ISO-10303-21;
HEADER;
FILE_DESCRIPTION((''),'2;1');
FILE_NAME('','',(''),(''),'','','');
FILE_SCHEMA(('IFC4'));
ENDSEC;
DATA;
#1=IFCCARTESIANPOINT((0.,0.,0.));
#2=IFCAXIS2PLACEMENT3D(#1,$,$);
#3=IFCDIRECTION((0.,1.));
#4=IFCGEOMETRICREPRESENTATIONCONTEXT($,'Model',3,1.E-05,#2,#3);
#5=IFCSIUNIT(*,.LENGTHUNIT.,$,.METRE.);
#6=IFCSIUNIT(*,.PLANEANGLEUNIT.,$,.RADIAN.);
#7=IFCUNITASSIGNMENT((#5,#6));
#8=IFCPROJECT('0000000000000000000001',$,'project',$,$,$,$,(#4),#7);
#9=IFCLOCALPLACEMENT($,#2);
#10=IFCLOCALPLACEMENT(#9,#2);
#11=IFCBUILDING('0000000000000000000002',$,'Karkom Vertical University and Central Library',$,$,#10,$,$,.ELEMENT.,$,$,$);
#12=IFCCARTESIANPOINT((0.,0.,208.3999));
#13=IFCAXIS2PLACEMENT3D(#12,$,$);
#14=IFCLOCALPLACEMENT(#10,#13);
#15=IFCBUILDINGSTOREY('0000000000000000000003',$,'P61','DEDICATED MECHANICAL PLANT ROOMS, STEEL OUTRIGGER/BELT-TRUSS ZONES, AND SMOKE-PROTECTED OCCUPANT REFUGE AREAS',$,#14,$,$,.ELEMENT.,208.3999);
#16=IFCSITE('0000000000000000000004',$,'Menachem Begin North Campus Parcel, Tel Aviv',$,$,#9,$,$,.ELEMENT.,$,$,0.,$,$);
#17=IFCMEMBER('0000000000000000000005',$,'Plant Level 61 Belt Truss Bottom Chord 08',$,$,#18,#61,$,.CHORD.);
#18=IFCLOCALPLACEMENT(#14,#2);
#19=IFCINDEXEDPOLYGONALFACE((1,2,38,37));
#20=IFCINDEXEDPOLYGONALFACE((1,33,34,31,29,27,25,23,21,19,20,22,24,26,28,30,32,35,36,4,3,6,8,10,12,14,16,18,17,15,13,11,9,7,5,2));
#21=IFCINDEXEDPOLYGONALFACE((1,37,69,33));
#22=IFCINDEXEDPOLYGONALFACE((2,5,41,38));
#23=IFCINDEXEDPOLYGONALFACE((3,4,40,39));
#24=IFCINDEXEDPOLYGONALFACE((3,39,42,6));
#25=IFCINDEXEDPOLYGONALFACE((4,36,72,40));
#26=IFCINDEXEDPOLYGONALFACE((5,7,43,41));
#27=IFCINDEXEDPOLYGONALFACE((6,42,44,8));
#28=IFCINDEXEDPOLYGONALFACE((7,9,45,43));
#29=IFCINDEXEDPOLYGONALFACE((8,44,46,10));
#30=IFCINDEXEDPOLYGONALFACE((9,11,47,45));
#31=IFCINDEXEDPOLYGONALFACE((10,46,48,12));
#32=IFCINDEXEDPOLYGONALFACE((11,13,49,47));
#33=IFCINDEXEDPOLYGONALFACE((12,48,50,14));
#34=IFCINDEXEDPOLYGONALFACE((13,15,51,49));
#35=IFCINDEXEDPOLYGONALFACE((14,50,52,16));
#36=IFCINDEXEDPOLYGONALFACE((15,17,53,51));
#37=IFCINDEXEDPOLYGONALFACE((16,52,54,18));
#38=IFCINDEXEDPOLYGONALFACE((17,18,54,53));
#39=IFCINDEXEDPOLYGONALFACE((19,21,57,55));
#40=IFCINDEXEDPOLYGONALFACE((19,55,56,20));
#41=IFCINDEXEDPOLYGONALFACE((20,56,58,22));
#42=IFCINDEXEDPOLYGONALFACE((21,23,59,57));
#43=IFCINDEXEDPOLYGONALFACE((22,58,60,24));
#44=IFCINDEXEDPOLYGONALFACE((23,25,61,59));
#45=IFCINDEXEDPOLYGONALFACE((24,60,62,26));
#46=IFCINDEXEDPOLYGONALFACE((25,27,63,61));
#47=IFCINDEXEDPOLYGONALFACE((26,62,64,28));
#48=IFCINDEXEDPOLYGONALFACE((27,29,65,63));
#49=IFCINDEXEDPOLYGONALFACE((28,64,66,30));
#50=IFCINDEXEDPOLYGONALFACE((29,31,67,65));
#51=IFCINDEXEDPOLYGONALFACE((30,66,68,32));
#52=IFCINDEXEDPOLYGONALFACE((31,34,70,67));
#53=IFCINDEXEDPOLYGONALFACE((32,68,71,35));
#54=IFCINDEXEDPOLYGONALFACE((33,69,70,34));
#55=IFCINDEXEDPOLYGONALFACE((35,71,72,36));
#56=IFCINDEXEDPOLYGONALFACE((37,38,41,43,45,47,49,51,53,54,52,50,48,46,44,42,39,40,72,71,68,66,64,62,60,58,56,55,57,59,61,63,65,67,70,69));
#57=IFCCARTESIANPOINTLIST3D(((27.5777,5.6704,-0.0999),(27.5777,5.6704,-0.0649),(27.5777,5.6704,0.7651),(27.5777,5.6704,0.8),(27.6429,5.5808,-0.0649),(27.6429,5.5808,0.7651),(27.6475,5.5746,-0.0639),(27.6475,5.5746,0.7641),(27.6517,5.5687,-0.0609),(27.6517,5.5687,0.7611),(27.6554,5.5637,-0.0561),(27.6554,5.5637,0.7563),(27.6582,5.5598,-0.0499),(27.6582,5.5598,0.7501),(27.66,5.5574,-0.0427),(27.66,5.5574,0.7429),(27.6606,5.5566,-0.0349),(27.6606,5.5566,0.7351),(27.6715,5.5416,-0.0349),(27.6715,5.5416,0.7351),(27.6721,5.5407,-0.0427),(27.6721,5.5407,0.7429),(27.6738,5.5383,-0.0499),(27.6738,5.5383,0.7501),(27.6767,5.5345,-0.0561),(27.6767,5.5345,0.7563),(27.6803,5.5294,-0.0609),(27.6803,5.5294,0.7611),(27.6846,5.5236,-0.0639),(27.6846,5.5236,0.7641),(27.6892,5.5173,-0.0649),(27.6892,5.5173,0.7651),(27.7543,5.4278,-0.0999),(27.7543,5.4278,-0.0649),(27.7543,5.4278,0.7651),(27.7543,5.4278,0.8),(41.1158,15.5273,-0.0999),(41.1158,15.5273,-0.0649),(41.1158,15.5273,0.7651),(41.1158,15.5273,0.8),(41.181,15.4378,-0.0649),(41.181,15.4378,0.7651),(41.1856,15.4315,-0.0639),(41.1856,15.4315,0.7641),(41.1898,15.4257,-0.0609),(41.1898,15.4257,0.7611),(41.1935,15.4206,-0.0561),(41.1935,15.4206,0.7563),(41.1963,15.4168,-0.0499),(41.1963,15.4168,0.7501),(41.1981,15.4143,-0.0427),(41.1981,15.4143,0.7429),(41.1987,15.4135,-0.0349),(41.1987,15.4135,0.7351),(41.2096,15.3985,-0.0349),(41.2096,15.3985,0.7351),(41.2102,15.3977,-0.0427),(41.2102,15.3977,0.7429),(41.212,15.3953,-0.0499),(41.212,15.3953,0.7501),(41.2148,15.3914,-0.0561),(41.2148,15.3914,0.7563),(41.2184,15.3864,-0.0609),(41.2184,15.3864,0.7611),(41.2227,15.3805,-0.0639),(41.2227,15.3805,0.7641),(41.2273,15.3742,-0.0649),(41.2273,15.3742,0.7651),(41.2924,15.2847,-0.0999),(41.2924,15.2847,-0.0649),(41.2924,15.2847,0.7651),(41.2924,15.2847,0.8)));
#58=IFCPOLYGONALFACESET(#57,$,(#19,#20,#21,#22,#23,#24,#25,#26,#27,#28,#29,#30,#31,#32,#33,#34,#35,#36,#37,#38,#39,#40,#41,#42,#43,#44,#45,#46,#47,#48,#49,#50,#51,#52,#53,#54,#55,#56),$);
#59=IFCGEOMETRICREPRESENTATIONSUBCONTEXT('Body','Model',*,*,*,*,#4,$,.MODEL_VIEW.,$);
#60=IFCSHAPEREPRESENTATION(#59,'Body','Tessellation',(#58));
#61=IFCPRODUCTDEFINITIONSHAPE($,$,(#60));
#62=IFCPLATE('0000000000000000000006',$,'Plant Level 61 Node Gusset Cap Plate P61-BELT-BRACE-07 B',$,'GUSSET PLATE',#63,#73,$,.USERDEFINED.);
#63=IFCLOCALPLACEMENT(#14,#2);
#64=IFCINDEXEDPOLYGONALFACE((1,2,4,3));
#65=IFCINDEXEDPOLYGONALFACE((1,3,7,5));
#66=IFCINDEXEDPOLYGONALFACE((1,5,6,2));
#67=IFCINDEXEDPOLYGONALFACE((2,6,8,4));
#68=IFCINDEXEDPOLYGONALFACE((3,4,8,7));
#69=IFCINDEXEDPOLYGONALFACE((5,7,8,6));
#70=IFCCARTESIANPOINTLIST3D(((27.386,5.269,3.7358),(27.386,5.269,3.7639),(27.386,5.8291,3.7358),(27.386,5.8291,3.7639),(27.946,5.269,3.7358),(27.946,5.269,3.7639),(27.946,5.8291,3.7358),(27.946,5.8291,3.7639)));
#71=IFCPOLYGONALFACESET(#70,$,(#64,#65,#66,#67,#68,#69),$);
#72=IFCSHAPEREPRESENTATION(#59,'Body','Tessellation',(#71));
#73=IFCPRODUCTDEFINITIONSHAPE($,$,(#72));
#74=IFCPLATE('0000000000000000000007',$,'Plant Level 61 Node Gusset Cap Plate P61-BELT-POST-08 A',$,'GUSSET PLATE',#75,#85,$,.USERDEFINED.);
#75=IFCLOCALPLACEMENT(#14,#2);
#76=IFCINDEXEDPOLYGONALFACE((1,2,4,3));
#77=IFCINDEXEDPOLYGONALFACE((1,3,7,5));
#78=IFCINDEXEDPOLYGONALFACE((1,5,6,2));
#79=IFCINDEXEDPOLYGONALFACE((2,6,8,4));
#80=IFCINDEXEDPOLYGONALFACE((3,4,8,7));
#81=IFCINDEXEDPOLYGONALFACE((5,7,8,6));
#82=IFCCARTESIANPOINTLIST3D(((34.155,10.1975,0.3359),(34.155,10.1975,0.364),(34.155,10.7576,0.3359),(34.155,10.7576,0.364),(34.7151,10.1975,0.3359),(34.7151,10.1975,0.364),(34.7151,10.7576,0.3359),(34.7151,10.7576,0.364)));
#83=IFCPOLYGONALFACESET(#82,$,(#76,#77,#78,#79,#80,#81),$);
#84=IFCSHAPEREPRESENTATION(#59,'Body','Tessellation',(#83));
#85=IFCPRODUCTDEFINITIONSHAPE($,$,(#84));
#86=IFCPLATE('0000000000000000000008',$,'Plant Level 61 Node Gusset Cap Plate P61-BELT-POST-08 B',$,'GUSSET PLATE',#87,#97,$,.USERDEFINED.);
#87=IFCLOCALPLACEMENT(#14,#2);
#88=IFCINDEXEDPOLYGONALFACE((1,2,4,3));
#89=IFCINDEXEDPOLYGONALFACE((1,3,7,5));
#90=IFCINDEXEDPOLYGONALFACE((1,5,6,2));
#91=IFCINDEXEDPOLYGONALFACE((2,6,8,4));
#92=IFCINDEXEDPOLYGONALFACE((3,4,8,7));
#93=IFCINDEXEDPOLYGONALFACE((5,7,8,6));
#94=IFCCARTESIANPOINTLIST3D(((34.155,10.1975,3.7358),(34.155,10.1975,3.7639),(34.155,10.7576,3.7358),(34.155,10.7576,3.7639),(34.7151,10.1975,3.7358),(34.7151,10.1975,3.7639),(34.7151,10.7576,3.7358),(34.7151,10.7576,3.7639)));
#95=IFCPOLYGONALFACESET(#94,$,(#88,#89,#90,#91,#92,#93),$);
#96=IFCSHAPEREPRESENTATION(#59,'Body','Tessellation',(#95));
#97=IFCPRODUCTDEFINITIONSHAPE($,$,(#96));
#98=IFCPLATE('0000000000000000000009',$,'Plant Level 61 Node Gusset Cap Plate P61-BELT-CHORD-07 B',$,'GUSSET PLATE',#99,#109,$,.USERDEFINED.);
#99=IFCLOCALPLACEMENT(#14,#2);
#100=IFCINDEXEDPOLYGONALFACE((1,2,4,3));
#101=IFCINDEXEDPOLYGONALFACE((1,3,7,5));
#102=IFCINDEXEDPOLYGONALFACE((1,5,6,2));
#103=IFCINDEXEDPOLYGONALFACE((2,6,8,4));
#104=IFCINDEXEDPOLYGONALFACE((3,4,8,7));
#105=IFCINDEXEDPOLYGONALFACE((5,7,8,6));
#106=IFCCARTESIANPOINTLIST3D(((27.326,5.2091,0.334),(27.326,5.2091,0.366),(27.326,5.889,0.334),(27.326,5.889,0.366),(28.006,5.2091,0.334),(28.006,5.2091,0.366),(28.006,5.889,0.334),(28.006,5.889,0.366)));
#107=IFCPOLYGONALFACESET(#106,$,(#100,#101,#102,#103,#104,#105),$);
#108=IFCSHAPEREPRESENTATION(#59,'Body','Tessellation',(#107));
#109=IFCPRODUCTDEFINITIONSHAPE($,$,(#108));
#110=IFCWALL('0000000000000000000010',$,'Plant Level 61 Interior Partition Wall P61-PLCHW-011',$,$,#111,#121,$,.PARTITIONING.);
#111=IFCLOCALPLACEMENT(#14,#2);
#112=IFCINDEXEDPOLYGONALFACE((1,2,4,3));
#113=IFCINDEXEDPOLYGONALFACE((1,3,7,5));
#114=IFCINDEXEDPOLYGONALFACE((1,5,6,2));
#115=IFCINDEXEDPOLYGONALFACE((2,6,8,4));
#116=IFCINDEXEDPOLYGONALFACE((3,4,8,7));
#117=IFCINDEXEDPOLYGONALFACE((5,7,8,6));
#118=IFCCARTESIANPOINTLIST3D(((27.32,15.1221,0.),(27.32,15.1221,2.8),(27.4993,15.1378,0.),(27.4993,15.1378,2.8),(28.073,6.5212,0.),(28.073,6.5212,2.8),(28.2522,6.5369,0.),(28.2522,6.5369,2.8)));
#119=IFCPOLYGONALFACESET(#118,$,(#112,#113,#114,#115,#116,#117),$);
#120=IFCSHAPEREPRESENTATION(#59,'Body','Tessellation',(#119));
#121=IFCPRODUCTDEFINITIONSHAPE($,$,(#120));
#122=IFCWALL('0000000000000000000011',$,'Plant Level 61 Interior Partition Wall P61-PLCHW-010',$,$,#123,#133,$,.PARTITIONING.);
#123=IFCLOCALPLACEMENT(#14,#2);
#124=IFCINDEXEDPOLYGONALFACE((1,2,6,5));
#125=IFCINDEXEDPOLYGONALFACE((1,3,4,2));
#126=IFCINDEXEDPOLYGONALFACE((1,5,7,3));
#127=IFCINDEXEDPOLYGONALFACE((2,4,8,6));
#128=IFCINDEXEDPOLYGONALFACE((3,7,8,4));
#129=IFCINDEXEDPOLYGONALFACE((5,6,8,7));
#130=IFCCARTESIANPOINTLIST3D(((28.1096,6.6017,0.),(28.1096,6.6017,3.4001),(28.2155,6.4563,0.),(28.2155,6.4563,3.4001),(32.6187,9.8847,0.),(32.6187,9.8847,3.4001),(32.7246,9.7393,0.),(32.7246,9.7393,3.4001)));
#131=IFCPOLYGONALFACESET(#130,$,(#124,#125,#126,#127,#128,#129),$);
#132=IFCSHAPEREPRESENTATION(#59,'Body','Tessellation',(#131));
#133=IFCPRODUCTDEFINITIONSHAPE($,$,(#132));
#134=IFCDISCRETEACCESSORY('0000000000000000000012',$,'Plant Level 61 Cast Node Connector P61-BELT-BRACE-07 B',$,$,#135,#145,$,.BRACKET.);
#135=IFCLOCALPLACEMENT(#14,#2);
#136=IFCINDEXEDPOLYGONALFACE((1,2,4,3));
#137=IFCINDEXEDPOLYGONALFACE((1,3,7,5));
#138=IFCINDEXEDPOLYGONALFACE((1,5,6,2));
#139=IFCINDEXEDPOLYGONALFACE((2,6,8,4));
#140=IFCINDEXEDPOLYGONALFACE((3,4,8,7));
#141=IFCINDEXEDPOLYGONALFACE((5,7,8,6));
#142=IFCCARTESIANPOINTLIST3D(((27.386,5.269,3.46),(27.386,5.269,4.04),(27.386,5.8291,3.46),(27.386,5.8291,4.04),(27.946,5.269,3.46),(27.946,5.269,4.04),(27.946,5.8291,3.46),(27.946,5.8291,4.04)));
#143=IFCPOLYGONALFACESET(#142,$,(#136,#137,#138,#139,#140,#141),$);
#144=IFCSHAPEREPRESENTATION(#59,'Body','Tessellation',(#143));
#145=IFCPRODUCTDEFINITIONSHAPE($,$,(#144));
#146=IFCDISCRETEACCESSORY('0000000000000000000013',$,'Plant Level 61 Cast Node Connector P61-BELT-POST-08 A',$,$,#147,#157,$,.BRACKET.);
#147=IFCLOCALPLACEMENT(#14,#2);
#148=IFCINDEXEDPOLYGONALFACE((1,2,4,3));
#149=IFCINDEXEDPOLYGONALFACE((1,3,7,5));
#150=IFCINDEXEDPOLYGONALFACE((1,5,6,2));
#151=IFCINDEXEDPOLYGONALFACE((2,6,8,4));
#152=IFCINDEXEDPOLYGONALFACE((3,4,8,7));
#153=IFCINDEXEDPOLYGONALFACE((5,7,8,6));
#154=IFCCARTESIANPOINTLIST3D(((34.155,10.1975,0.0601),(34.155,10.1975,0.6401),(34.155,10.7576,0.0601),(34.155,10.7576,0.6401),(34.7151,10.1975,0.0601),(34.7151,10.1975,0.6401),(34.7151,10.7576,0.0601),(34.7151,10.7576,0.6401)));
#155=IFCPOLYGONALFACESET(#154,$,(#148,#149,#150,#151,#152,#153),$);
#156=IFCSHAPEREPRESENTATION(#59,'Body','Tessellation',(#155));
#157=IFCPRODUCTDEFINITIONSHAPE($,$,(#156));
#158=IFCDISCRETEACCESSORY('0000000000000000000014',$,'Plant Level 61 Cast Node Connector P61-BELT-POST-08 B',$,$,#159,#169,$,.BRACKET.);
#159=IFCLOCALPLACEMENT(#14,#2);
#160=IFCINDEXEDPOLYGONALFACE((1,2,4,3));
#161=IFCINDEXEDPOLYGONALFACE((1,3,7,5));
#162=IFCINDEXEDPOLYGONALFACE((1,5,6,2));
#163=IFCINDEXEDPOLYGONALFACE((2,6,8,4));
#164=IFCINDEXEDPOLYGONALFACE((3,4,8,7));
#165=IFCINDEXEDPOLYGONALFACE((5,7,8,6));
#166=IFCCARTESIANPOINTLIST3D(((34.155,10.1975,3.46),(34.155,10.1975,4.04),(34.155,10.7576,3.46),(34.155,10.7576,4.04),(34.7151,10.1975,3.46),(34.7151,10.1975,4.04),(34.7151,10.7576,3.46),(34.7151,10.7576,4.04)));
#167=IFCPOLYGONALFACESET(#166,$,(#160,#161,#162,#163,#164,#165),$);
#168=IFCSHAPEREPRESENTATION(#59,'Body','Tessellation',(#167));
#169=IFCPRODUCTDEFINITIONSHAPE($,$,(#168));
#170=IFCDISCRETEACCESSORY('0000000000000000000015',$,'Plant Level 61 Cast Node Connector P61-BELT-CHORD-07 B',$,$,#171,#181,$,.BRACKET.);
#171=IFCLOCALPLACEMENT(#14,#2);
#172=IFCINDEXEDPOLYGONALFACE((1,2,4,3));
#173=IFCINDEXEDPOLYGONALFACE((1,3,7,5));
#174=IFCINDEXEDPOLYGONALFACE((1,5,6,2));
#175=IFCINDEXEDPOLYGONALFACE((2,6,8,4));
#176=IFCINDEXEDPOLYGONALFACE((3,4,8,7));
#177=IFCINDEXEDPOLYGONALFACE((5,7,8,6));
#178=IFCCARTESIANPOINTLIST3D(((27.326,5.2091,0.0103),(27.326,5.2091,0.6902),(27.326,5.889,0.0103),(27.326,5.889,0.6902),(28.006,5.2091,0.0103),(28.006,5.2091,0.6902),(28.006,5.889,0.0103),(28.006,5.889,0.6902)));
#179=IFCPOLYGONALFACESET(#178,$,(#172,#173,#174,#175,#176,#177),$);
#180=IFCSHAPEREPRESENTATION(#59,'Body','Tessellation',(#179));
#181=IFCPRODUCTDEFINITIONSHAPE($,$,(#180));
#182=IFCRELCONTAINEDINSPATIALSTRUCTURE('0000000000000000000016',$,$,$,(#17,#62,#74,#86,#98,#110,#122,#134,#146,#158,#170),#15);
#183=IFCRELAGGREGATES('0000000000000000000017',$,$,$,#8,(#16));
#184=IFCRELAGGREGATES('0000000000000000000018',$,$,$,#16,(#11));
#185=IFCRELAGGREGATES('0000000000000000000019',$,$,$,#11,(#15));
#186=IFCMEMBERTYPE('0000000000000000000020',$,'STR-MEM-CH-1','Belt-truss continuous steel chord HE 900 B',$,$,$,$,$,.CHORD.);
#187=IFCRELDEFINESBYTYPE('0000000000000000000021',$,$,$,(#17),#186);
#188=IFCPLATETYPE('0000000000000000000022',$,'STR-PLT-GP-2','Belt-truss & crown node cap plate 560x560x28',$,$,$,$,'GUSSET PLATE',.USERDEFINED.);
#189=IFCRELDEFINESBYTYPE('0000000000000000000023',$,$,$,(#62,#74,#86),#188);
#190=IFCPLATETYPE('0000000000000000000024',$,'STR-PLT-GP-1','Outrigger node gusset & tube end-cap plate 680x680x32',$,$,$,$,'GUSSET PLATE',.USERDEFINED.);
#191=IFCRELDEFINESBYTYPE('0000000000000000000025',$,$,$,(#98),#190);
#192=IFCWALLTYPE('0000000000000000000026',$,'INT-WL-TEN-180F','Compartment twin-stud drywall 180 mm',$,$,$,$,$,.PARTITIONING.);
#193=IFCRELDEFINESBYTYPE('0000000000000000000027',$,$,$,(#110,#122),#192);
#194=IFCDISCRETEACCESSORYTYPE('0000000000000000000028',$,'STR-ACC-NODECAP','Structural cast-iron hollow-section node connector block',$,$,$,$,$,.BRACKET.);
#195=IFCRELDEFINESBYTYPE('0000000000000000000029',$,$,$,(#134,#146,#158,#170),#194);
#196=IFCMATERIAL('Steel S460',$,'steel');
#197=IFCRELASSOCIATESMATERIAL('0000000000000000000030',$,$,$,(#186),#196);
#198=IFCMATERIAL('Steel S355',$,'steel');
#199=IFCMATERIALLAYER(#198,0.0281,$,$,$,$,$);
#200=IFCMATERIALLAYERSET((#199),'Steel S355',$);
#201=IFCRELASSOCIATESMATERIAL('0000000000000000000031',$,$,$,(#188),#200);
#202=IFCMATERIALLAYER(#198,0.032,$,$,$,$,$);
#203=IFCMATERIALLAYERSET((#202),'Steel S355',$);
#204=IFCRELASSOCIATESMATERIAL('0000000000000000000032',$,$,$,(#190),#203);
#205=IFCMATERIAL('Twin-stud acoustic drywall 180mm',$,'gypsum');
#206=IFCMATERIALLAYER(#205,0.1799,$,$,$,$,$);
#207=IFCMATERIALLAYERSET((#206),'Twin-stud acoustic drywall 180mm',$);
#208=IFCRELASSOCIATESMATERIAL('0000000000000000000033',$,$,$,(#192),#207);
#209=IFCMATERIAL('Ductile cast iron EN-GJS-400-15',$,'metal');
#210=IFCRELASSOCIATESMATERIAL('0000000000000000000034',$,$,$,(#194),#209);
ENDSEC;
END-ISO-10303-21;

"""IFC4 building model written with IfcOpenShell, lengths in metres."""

from ifc_helpers import new_model, si_unit, direction, frame, frame_2d, origin, origin_with_axes, origin_2d, place, context, subcontext, project, spatial, rectangle, i_section, extrude, source, transform, mapped, material, layer, layer_set, material_profile, profile_set, type_object, element, save


model = new_model("IFC4")

# Units and contexts
model_context = context("Model", 3, precision=1e-05, world=origin(), true_north=direction((0.0, 1.0)))
body_context = subcontext(model_context, "Body", "Model", "MODEL_VIEW")
ifc_project = project(units=[si_unit("LENGTHUNIT", "METRE"), si_unit("PLANEANGLEUNIT", "RADIAN")], contexts=[model_context])

# Site, building, storey
site_placement = place(None, origin())
site = spatial("IfcSite", under=ifc_project, at=site_placement, Name="Menachem Begin North Campus Parcel, Tel Aviv", CompositionType="ELEMENT", RefElevation=0.0)
building_placement = place(site_placement, origin())
building = spatial("IfcBuilding", under=site, at=building_placement, Name="Karkom Vertical University and Central Library", CompositionType="ELEMENT")
storey_placement = place(building_placement, frame((0.0, 0.0, 208.3999)))
storey = spatial("IfcBuildingStorey", under=building, at=storey_placement, Name="P61", Description="DEDICATED MECHANICAL PLANT ROOMS, STEEL OUTRIGGER/BELT-TRUSS ZONES, AND SMOKE-PROTECTED OCCUPANT REFUGE AREAS", CompositionType="ELEMENT", Elevation=208.3999)

# Shared definitions
ifc_material_1 = material(Name="Steel S355", Category="steel")
ifc_material_2 = material(Name="Steel S460", Category="steel")

# Member
ifc_material_profile_1 = material_profile(ifc_material_2, i_section(OverallWidth=0.3, OverallDepth=0.8999, WebThickness=0.0186, FlangeThickness=0.0349, FilletRadius=0.03, at=origin_2d()), Name="HE 900 B")
ifc_profile_set_1 = profile_set([ifc_material_profile_1], Name="Steel S460")
member_type_1 = type_object("IfcMemberType", Name="STR-MEM-CH-1", Description="Belt-truss continuous steel chord HE 900 B", PredefinedType="CHORD", material=ifc_profile_set_1)
shared_shape_1 = source(origin_with_axes(), body_context, "Body", "SweptSolid", [
    extrude(i_section(OverallWidth=0.3, OverallDepth=0.8999, WebThickness=0.0186, FlangeThickness=0.0349, FilletRadius=0.03, at=origin_2d()), origin(), (0.0, 0.0, 1.0), 16.7463),
])
member_1_placement = place(storey_placement, frame((27.666, 5.5491, 0.3501), z_axis=(0.808422, 0.588603, 0.0), x_axis=(-0.588603, 0.808422, 0.0)))
element("IfcMember", 1, at=member_1_placement, inside=storey, type_object=member_type_1, Name="Plant Level 61 Belt Truss Bottom Chord 08", PredefinedType="CHORD", context=body_context, shape_type="MappedRepresentation", body=[
    mapped(shared_shape_1, transform((0.0, 0.0, 0.0), scale=1.0)),
])

# Plates
ifc_layer_1 = layer(ifc_material_1, 0.0281)
ifc_layer_set_1 = layer_set([ifc_layer_1], Name="Steel S355")
plate_type_1 = type_object("IfcPlateType", Name="STR-PLT-GP-2", Description="Belt-truss & crown node cap plate 560x560x28", ElementType="GUSSET PLATE", PredefinedType="USERDEFINED", material=ifc_layer_set_1)
shared_shape_2 = source(origin_with_axes(), body_context, "Body", "SweptSolid", [
    extrude(rectangle(XDim=0.5601, YDim=0.5601, at=origin_2d()), origin(), (0.0, 0.0, 1.0), 0.0281),
])
for number, where, z_axis, x_axis, name in (
    (2, (27.666, 5.5491, 3.7358), (0.0, 0.0, 1.0), (1.0, 0.0, 0.0), "Plant Level 61 Node Gusset Cap Plate P61-BELT-BRACE-07 B"),
    (3, (34.4351, 10.4775, 0.3359), (0.0, 0.0, 1.0), (1.0, 0.0, 0.0), "Plant Level 61 Node Gusset Cap Plate P61-BELT-POST-08 A"),
    (4, (34.4351, 10.4775, 3.7358), (0.0, 0.0, 1.0), (1.0, 0.0, 0.0), "Plant Level 61 Node Gusset Cap Plate P61-BELT-POST-08 B"),
):
    element("IfcPlate", number, at=place(storey_placement, frame(where, z_axis=z_axis, x_axis=x_axis)), inside=storey, type_object=plate_type_1, Name=name, ObjectType="GUSSET PLATE", PredefinedType="USERDEFINED", context=body_context, shape_type="MappedRepresentation", body=[
        mapped(shared_shape_2, transform((0.0, 0.0, 0.0), scale=1.0)),
    ])
ifc_layer_2 = layer(ifc_material_1, 0.032)
ifc_layer_set_2 = layer_set([ifc_layer_2], Name="Steel S355")
plate_type_2 = type_object("IfcPlateType", Name="STR-PLT-GP-1", Description="Outrigger node gusset & tube end-cap plate 680x680x32", ElementType="GUSSET PLATE", PredefinedType="USERDEFINED", material=ifc_layer_set_2)
shared_shape_3 = source(origin_with_axes(), body_context, "Body", "SweptSolid", [
    extrude(rectangle(XDim=0.6799, YDim=0.6799, at=origin_2d()), origin(), (0.0, 0.0, 1.0), 0.032),
])
plate_placement = place(storey_placement, frame((27.666, 5.5491, 0.334), z_axis=(0.0, 0.0, 1.0), x_axis=(1.0, 0.0, 0.0)))
element("IfcPlate", 5, at=plate_placement, inside=storey, type_object=plate_type_2, Name="Plant Level 61 Node Gusset Cap Plate P61-BELT-CHORD-07 B", ObjectType="GUSSET PLATE", PredefinedType="USERDEFINED", context=body_context, shape_type="MappedRepresentation", body=[
    mapped(shared_shape_3, transform((0.0, 0.0, 0.0), scale=1.0)),
])

# Walls
ifc_material_3 = material(Name="Twin-stud acoustic drywall 180mm", Category="gypsum")
ifc_layer_3 = layer(ifc_material_3, 0.1799)
ifc_layer_set_3 = layer_set([ifc_layer_3], Name="Twin-stud acoustic drywall 180mm")
wall_type = type_object("IfcWallType", Name="INT-WL-TEN-180F", Description="Compartment twin-stud drywall 180 mm", PredefinedType="PARTITIONING", material=ifc_layer_set_3)
wall_1_placement = place(storey_placement, frame((28.1626, 6.5291, 0.0), z_axis=(0.0, 0.0, 1.0), x_axis=(-0.087208, 0.99619, 0.0)))
element("IfcWall", 6, at=wall_1_placement, inside=storey, type_object=wall_type, Name="Plant Level 61 Interior Partition Wall P61-PLCHW-011", PredefinedType="PARTITIONING", context=body_context, shape_type="SweptSolid", body=[
    extrude(rectangle(XDim=8.6338, YDim=0.1799, at=frame_2d((4.3169, 0.0))), origin(), (0.0, 0.0, 1.0), 2.8),
])
wall_2_placement = place(storey_placement, frame((32.6716, 9.812, 0.0), z_axis=(0.0, 0.0, 1.0), x_axis=(-0.808424, -0.588601, 0.0)))
element("IfcWall", 7, at=wall_2_placement, inside=storey, type_object=wall_type, Name="Plant Level 61 Interior Partition Wall P61-PLCHW-010", PredefinedType="PARTITIONING", context=body_context, shape_type="SweptSolid", body=[
    extrude(rectangle(XDim=5.5776, YDim=0.1799, at=frame_2d((2.7888, 0.0))), origin(), (0.0, 0.0, 1.0), 3.4001),
])

# Discrete accessories
ifc_material_4 = material(Name="Ductile cast iron EN-GJS-400-15", Category="metal")
discrete_accessory_type = type_object("IfcDiscreteAccessoryType", Name="STR-ACC-NODECAP", Description="Structural cast-iron hollow-section node connector block", PredefinedType="BRACKET", material=ifc_material_4)
shared_shape_4 = source(origin_with_axes(), body_context, "Body", "SweptSolid", [
    extrude(rectangle(XDim=0.5601, YDim=0.5601, at=origin_2d()), origin(), (0.0, 0.0, 1.0), 0.5801),
])
for number, where, z_axis, x_axis, name in (
    (8, (27.666, 5.5491, 3.46), (0.0, 0.0, 1.0), (1.0, 0.0, 0.0), "Plant Level 61 Cast Node Connector P61-BELT-BRACE-07 B"),
    (9, (34.4351, 10.4775, 0.0601), (0.0, 0.0, 1.0), (1.0, 0.0, 0.0), "Plant Level 61 Cast Node Connector P61-BELT-POST-08 A"),
    (10, (34.4351, 10.4775, 3.46), (0.0, 0.0, 1.0), (1.0, 0.0, 0.0), "Plant Level 61 Cast Node Connector P61-BELT-POST-08 B"),
):
    element("IfcDiscreteAccessory", number, at=place(storey_placement, frame(where, z_axis=z_axis, x_axis=x_axis)), inside=storey, type_object=discrete_accessory_type, Name=name, PredefinedType="BRACKET", context=body_context, shape_type="MappedRepresentation", body=[
        mapped(shared_shape_4, transform((0.0, 0.0, 0.0), scale=1.0)),
    ])
shared_shape_5 = source(origin_with_axes(), body_context, "Body", "SweptSolid", [
    extrude(rectangle(XDim=0.6799, YDim=0.6799, at=origin_2d()), origin(), (0.0, 0.0, 1.0), 0.6799),
])
discrete_accessory_placement = place(storey_placement, frame((27.666, 5.5491, 0.0103), z_axis=(0.0, 0.0, 1.0), x_axis=(1.0, 0.0, 0.0)))
element("IfcDiscreteAccessory", 11, at=discrete_accessory_placement, inside=storey, type_object=discrete_accessory_type, Name="Plant Level 61 Cast Node Connector P61-BELT-CHORD-07 B", PredefinedType="BRACKET", context=body_context, shape_type="MappedRepresentation", body=[
    mapped(shared_shape_5, transform((0.0, 0.0, 0.0), scale=1.0)),
])

save(model, "model.ifc")
